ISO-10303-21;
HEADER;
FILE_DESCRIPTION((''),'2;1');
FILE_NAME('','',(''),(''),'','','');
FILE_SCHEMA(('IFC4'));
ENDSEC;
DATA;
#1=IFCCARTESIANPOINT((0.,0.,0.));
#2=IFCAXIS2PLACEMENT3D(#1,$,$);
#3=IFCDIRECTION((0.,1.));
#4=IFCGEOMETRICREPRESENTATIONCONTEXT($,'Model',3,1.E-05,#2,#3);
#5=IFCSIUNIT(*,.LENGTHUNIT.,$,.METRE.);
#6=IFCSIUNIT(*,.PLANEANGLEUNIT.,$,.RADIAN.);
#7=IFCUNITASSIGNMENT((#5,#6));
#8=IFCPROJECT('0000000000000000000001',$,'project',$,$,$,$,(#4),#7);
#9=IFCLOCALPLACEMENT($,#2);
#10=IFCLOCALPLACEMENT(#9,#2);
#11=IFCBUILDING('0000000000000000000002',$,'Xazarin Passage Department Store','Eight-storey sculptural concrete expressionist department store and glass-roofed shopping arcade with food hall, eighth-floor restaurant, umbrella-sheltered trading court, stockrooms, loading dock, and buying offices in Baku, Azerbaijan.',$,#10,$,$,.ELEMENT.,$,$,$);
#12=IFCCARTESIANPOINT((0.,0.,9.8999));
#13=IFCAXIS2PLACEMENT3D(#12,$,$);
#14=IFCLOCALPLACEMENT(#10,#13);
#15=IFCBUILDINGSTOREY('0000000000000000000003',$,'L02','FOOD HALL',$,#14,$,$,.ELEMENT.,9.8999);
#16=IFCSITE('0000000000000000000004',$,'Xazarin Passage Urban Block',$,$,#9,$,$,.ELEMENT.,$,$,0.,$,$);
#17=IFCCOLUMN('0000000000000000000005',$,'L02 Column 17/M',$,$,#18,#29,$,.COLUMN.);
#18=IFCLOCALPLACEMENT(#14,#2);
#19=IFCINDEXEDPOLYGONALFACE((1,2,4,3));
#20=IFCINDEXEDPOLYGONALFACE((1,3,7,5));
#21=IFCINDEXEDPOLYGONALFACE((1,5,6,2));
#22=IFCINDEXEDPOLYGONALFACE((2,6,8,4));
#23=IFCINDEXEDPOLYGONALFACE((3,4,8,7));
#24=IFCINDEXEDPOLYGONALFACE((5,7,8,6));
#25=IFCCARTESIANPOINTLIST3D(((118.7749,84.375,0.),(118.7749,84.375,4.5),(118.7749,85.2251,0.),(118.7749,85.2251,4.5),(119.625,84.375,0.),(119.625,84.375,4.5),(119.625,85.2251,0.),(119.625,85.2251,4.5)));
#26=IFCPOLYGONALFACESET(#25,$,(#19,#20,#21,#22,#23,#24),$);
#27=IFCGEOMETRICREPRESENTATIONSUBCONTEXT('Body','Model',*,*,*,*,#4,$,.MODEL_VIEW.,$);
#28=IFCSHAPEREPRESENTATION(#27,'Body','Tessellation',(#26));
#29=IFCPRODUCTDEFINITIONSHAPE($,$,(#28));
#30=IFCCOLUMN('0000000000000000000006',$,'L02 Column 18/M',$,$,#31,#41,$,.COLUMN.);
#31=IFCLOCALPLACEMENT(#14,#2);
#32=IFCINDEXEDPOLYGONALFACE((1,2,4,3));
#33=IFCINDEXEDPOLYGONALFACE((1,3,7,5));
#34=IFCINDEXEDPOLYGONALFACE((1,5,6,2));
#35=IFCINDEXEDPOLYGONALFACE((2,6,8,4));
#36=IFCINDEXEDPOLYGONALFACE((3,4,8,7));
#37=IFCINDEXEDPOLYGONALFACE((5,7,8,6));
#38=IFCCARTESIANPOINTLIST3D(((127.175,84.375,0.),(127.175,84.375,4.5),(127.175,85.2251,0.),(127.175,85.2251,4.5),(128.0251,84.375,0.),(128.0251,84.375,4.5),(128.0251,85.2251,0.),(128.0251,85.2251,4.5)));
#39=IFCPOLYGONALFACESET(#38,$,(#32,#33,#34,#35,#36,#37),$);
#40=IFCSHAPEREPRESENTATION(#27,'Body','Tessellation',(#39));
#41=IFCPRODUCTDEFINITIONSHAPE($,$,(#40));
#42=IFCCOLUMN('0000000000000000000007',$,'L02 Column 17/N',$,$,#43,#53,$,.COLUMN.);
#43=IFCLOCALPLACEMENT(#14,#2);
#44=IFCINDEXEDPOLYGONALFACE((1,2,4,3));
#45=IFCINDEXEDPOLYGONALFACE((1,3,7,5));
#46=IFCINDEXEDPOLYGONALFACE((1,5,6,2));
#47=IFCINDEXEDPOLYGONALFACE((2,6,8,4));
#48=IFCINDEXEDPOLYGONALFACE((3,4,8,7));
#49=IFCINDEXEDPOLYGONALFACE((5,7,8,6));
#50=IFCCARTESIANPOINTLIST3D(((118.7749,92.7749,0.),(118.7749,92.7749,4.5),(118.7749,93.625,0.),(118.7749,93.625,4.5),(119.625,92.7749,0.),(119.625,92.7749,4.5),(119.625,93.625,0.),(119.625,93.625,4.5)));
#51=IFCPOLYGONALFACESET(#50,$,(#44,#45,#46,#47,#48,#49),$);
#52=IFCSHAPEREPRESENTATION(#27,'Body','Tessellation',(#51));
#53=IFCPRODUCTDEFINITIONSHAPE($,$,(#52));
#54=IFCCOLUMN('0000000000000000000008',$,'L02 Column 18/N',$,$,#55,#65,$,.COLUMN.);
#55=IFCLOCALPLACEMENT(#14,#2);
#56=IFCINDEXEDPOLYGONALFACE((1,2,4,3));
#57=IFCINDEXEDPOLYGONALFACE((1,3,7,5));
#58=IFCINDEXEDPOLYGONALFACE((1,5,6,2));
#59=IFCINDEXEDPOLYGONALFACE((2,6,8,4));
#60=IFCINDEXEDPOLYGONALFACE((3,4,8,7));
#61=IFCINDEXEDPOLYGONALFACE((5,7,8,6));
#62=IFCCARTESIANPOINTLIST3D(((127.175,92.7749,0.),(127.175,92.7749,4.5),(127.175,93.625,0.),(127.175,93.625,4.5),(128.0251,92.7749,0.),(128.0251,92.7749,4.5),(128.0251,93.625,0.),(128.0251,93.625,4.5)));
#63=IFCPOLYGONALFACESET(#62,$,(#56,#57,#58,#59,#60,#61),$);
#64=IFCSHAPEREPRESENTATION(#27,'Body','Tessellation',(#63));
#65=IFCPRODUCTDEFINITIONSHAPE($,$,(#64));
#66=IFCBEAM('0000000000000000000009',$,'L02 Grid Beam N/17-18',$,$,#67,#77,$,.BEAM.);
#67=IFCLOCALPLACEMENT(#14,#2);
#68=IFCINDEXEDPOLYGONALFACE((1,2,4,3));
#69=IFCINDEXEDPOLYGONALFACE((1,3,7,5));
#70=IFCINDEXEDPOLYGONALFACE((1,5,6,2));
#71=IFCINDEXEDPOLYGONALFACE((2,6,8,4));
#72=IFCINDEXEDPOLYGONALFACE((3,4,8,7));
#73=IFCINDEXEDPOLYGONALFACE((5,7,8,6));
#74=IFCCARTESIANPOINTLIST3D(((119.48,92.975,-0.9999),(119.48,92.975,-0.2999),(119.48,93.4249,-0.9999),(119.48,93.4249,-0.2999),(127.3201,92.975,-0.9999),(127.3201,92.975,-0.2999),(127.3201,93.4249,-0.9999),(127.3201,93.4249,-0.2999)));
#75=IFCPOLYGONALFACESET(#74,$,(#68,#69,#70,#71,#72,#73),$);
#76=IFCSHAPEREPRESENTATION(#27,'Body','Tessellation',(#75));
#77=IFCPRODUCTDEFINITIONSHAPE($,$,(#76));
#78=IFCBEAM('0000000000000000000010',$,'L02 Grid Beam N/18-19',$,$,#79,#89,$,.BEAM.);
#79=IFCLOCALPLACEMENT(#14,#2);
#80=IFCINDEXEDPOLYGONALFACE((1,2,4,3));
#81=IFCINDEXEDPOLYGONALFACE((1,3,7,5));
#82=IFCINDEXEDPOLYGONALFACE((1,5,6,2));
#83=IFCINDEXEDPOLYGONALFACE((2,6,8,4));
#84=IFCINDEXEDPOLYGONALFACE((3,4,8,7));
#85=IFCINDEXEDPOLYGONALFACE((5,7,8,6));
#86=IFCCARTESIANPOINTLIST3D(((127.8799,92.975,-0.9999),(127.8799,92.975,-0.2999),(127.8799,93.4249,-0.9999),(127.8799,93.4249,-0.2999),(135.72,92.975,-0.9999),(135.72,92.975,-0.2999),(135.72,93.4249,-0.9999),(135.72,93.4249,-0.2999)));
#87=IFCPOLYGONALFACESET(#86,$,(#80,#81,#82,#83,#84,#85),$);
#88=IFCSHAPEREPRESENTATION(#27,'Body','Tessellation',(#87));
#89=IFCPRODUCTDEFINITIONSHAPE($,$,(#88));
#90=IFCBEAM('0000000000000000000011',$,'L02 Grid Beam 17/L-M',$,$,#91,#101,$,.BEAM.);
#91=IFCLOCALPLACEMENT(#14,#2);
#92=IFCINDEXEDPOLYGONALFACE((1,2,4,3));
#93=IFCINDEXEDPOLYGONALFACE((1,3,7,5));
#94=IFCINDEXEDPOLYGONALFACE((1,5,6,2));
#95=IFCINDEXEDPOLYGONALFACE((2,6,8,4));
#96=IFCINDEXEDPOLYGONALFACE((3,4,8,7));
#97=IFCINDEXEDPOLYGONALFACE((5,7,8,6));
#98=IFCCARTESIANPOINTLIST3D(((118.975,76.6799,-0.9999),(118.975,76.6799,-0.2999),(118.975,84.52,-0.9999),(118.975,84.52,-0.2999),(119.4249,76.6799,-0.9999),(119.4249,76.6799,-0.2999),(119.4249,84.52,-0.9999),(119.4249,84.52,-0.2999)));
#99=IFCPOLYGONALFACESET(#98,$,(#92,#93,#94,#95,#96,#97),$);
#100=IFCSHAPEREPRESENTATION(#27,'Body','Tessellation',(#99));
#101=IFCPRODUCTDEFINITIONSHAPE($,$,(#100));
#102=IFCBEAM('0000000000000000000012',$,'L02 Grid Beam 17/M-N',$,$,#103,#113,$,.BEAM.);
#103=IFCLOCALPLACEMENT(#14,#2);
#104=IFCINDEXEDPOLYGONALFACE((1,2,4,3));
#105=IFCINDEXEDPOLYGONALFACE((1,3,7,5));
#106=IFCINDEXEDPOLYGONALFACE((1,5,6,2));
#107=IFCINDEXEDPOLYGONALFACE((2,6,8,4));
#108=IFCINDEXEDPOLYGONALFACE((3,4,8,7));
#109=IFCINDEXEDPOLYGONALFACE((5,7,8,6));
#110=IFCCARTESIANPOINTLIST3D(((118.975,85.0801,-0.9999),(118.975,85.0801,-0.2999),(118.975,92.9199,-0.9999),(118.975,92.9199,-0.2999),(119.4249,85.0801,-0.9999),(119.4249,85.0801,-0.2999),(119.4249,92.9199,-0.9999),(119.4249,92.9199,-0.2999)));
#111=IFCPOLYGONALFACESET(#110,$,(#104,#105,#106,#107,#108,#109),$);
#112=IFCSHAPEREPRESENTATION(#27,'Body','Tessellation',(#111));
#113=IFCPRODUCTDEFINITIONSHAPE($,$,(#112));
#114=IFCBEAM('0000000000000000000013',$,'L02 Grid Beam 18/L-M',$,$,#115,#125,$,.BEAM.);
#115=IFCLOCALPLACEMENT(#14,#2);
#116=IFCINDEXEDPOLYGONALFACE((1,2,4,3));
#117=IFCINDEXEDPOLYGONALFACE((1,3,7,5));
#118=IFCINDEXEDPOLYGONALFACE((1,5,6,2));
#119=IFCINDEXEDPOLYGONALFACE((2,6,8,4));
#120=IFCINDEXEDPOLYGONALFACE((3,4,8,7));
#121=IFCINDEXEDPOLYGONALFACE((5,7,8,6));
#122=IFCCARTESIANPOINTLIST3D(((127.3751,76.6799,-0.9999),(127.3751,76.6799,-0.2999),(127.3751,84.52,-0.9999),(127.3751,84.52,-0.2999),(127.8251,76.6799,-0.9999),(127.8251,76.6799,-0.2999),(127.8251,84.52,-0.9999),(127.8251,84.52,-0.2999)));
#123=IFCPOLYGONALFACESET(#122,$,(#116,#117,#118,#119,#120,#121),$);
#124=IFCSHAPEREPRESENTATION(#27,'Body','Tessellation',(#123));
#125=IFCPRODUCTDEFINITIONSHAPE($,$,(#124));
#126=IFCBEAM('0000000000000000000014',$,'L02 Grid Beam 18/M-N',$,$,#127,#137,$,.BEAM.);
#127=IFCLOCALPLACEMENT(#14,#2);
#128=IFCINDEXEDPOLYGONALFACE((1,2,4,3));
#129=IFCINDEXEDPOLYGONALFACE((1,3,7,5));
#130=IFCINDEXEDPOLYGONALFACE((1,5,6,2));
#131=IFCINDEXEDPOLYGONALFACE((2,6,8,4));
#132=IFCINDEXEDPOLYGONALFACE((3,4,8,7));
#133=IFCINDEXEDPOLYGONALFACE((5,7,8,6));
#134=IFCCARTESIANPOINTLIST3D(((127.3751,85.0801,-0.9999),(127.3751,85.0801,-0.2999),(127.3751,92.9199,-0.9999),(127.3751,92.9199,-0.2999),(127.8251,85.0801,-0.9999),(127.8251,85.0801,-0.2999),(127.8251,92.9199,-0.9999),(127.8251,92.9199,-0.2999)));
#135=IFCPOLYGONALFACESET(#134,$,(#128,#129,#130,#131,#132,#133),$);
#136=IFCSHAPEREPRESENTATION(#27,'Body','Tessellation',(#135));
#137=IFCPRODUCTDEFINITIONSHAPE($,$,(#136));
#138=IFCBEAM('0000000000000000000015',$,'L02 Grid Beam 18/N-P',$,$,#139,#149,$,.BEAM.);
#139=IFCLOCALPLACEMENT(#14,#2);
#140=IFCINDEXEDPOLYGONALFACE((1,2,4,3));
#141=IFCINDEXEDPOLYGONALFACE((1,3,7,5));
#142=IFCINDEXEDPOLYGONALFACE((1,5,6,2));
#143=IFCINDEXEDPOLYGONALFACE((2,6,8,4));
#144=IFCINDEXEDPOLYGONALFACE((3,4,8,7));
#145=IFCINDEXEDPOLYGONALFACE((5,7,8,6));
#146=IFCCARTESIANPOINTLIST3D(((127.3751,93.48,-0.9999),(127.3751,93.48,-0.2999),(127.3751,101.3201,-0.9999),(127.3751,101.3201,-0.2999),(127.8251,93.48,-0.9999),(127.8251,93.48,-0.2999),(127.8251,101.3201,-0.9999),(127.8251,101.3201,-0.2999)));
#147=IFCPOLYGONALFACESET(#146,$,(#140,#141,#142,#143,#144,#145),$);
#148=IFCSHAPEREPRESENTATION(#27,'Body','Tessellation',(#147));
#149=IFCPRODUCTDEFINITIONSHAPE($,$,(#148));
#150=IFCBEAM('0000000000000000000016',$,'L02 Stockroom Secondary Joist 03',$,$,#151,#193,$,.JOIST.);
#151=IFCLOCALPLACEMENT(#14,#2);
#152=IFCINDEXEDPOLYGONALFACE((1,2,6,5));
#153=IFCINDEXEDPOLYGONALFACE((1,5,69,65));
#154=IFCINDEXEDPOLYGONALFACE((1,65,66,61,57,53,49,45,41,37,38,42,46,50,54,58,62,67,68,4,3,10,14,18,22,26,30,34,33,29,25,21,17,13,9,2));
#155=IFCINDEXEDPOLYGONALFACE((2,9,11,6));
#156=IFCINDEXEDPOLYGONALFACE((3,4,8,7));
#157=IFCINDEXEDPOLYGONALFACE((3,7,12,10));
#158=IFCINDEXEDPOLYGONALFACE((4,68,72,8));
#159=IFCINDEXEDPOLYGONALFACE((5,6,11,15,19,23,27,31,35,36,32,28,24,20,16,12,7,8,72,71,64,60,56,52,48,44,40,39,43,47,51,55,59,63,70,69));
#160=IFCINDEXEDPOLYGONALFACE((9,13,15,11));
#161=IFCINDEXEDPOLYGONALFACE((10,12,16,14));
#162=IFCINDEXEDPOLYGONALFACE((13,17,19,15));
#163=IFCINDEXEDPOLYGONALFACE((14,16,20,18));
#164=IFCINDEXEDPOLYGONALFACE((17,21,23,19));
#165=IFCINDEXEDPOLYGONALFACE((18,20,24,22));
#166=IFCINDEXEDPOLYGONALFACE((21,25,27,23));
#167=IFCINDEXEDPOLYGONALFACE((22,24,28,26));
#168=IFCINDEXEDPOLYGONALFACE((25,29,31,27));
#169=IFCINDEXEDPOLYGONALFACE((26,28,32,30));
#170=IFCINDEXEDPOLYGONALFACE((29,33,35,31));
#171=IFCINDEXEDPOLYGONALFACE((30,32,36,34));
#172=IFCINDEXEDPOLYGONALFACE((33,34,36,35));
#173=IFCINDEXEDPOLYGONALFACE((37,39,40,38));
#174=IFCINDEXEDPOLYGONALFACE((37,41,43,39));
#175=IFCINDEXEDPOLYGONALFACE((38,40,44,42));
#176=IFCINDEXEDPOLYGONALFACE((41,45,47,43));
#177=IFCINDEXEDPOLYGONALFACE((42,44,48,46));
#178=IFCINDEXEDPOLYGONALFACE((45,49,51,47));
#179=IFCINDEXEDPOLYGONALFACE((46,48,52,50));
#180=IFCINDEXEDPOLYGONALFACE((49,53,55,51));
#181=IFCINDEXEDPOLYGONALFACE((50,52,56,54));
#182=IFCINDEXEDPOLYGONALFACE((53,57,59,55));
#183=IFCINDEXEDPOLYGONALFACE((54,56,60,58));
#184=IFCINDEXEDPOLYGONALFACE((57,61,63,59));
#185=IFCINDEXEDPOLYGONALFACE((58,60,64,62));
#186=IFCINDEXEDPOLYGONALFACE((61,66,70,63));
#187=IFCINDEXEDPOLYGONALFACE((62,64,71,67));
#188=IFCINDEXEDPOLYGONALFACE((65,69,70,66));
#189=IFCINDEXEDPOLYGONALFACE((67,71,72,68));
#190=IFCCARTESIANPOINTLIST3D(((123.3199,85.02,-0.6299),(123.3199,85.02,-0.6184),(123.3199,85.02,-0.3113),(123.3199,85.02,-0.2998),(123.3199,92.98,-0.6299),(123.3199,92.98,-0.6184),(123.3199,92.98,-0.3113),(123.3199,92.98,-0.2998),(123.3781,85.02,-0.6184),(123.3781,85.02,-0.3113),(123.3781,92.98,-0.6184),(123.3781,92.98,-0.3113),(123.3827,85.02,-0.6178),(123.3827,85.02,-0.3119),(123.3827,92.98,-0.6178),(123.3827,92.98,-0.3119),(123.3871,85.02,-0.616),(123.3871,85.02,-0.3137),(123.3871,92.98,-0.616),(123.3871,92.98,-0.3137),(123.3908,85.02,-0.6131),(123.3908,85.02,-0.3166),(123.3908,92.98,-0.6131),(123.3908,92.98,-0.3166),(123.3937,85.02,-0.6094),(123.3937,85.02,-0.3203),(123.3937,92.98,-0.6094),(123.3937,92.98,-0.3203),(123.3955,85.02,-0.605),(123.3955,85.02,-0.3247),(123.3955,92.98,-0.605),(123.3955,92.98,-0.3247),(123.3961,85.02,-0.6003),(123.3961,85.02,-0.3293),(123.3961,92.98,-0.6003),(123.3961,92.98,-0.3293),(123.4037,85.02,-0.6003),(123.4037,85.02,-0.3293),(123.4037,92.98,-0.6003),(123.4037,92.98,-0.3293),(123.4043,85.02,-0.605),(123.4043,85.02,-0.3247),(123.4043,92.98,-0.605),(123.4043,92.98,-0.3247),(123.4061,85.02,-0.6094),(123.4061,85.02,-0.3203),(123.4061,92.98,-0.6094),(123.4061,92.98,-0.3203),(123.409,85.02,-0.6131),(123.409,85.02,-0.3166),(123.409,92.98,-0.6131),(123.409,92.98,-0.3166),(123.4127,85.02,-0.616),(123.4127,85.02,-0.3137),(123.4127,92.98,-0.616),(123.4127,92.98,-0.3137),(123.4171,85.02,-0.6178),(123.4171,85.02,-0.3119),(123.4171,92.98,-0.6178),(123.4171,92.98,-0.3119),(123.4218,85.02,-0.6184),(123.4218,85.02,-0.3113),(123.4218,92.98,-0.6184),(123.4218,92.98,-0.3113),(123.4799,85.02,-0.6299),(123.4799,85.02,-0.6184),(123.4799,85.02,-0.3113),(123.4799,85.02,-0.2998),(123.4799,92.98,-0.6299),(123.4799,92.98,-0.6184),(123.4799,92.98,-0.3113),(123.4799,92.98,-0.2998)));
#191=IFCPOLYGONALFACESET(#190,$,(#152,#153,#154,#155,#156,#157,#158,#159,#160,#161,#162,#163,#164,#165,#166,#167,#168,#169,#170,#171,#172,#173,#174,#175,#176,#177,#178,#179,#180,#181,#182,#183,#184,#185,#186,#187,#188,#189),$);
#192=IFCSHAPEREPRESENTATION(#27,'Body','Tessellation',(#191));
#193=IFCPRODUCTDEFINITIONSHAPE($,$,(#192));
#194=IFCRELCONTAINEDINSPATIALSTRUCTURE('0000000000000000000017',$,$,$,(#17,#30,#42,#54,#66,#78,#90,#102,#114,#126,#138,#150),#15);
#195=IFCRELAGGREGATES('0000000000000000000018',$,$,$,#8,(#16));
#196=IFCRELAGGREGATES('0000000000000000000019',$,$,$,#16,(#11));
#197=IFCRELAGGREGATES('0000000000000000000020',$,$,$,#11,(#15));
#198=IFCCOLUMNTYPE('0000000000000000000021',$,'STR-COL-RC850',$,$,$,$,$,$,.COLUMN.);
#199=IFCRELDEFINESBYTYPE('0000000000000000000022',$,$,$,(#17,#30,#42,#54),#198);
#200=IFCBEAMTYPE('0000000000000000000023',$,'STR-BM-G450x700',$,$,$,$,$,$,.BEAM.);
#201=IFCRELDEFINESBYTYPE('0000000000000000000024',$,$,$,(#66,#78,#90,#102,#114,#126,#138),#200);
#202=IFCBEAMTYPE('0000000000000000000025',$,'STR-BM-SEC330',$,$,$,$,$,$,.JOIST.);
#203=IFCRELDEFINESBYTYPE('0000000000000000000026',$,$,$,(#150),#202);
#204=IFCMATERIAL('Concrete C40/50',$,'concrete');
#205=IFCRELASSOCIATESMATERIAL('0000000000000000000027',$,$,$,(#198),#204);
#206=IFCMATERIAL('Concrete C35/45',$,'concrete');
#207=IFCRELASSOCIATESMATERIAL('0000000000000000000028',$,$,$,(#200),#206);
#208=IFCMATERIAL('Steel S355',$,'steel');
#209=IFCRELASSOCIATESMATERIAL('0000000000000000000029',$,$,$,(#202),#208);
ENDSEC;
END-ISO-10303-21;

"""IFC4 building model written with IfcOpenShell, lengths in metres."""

from ifc_helpers import new_model, si_unit, direction, frame, origin, origin_2d, place, context, subcontext, project, spatial, rectangle, i_section, extrude, material, material_profile, profile_set, type_object, element, save


model = new_model("IFC4")

# Units and contexts
model_context = context("Model", 3, precision=1e-05, world=origin(), true_north=direction((0.0, 1.0)))
body_context = subcontext(model_context, "Body", "Model", "MODEL_VIEW")
ifc_project = project(units=[si_unit("LENGTHUNIT", "METRE"), si_unit("PLANEANGLEUNIT", "RADIAN")], contexts=[model_context])

# Site, building, storey
site_placement = place(None, origin())
site = spatial("IfcSite", under=ifc_project, at=site_placement, Name="Xazarin Passage Urban Block", CompositionType="ELEMENT", RefElevation=0.0)
building_placement = place(site_placement, origin())
building = spatial("IfcBuilding", under=site, at=building_placement, Name="Xazarin Passage Department Store", Description="Eight-storey sculptural concrete expressionist department store and glass-roofed shopping arcade with food hall, eighth-floor restaurant, umbrella-sheltered trading court, stockrooms, loading dock, and buying offices in Baku, Azerbaijan.", CompositionType="ELEMENT")
storey_placement = place(building_placement, frame((0.0, 0.0, 9.8999)))
storey = spatial("IfcBuildingStorey", under=building, at=storey_placement, Name="L02", Description="FOOD HALL", CompositionType="ELEMENT", Elevation=9.8999)

# Columns
ifc_material_1 = material(Name="Concrete C40/50", Category="concrete")
ifc_material_profile_1 = material_profile(ifc_material_1, rectangle(XDim=0.8501, YDim=0.8501, at=origin_2d()), Name="RC 850x850")
ifc_profile_set_1 = profile_set([ifc_material_profile_1], Name="Concrete C40/50")
column_type = type_object("IfcColumnType", Name="STR-COL-RC850", PredefinedType="COLUMN", material=ifc_profile_set_1)
for number, where, z_axis, x_axis, name in (
    (1, (119.2, 84.8, 0.0), (0.0, 0.0, 1.0), (1.0, 0.0, 0.0), "L02 Column 17/M"),
    (2, (127.6001, 84.8, 0.0), (0.0, 0.0, 1.0), (1.0, 0.0, 0.0), "L02 Column 18/M"),
    (3, (119.2, 93.2, 0.0), (0.0, 0.0, 1.0), (1.0, 0.0, 0.0), "L02 Column 17/N"),
    (4, (127.6001, 93.2, 0.0), (0.0, 0.0, 1.0), (1.0, 0.0, 0.0), "L02 Column 18/N"),
):
    element("IfcColumn", number, at=place(storey_placement, frame(where, z_axis=z_axis, x_axis=x_axis)), inside=storey, type_object=column_type, Name=name, PredefinedType="COLUMN", context=body_context, shape_type="SweptSolid", body=[
        extrude(rectangle(XDim=0.8501, YDim=0.8501, at=origin_2d()), origin(), (0.0, 0.0, 1.0), 4.5),
    ])

# Beams
ifc_material_2 = material(Name="Concrete C35/45", Category="concrete")
ifc_material_profile_2 = material_profile(ifc_material_2, rectangle(XDim=0.45, YDim=0.7, at=origin_2d()), Name="RC 450x700")
ifc_profile_set_2 = profile_set([ifc_material_profile_2], Name="Concrete C35/45")
beam_type_1 = type_object("IfcBeamType", Name="STR-BM-G450x700", PredefinedType="BEAM", material=ifc_profile_set_2)
for number, where, z_axis, x_axis, name in (
    (5, (119.48, 93.2, -0.6499), (1.0, 0.0, 0.0), (0.0, 1.0, 0.0), "L02 Grid Beam N/17-18"),
    (6, (127.8799, 93.2, -0.6499), (1.0, 0.0, 0.0), (0.0, 1.0, 0.0), "L02 Grid Beam N/18-19"),
    (7, (119.2, 76.6799, -0.6499), (0.0, 1.0, 0.0), (-1.0, 0.0, 0.0), "L02 Grid Beam 17/L-M"),
):
    element("IfcBeam", number, at=place(storey_placement, frame(where, z_axis=z_axis, x_axis=x_axis)), inside=storey, type_object=beam_type_1, Name=name, PredefinedType="BEAM", context=body_context, shape_type="SweptSolid", body=[
        extrude(rectangle(XDim=0.45, YDim=0.7, at=origin_2d()), origin(), (0.0, 0.0, 1.0), 7.8401),
    ])
beam_1_placement = place(storey_placement, frame((119.2, 85.0801, -0.6499), z_axis=(0.0, 1.0, 0.0), x_axis=(-1.0, 0.0, 0.0)))
element("IfcBeam", 8, at=beam_1_placement, inside=storey, type_object=beam_type_1, Name="L02 Grid Beam 17/M-N", PredefinedType="BEAM", context=body_context, shape_type="SweptSolid", body=[
    extrude(rectangle(XDim=0.45, YDim=0.7, at=origin_2d()), origin(), (0.0, 0.0, 1.0), 7.8398),
])
beam_2_placement = place(storey_placement, frame((127.6001, 76.6799, -0.6499), z_axis=(0.0, 1.0, 0.0), x_axis=(-1.0, 0.0, 0.0)))
element("IfcBeam", 9, at=beam_2_placement, inside=storey, type_object=beam_type_1, Name="L02 Grid Beam 18/L-M", PredefinedType="BEAM", context=body_context, shape_type="SweptSolid", body=[
    extrude(rectangle(XDim=0.45, YDim=0.7, at=origin_2d()), origin(), (0.0, 0.0, 1.0), 7.8401),
])
beam_3_placement = place(storey_placement, frame((127.6001, 85.0801, -0.6499), z_axis=(0.0, 1.0, 0.0), x_axis=(-1.0, 0.0, 0.0)))
element("IfcBeam", 10, at=beam_3_placement, inside=storey, type_object=beam_type_1, Name="L02 Grid Beam 18/M-N", PredefinedType="BEAM", context=body_context, shape_type="SweptSolid", body=[
    extrude(rectangle(XDim=0.45, YDim=0.7, at=origin_2d()), origin(), (0.0, 0.0, 1.0), 7.8398),
])
beam_4_placement = place(storey_placement, frame((127.6001, 93.48, -0.6499), z_axis=(0.0, 1.0, 0.0), x_axis=(-1.0, 0.0, 0.0)))
element("IfcBeam", 11, at=beam_4_placement, inside=storey, type_object=beam_type_1, Name="L02 Grid Beam 18/N-P", PredefinedType="BEAM", context=body_context, shape_type="SweptSolid", body=[
    extrude(rectangle(XDim=0.45, YDim=0.7, at=origin_2d()), origin(), (0.0, 0.0, 1.0), 7.8401),
])
ifc_material_3 = material(Name="Steel S355", Category="steel")
ifc_material_profile_3 = material_profile(ifc_material_3, i_section(OverallWidth=0.1599, OverallDepth=0.3301, WebThickness=0.0076, FlangeThickness=0.0115, FilletRadius=0.0181, at=origin_2d()), Name="IPE 330")
ifc_profile_set_3 = profile_set([ifc_material_profile_3], Name="Steel S355")
beam_type_2 = type_object("IfcBeamType", Name="STR-BM-SEC330", PredefinedType="JOIST", material=ifc_profile_set_3)
beam_5_placement = place(storey_placement, frame((123.3999, 85.02, -0.4648), z_axis=(0.0, 1.0, 0.0), x_axis=(-1.0, 0.0, 0.0)))
element("IfcBeam", 12, at=beam_5_placement, inside=storey, type_object=beam_type_2, Name="L02 Stockroom Secondary Joist 03", PredefinedType="JOIST", context=body_context, shape_type="SweptSolid", body=[
    extrude(i_section(OverallWidth=0.1599, OverallDepth=0.3301, WebThickness=0.0076, FlangeThickness=0.0115, FilletRadius=0.0181, at=origin_2d()), origin(), (0.0, 0.0, 1.0), 7.96),
])

save(model, "model.ifc")
